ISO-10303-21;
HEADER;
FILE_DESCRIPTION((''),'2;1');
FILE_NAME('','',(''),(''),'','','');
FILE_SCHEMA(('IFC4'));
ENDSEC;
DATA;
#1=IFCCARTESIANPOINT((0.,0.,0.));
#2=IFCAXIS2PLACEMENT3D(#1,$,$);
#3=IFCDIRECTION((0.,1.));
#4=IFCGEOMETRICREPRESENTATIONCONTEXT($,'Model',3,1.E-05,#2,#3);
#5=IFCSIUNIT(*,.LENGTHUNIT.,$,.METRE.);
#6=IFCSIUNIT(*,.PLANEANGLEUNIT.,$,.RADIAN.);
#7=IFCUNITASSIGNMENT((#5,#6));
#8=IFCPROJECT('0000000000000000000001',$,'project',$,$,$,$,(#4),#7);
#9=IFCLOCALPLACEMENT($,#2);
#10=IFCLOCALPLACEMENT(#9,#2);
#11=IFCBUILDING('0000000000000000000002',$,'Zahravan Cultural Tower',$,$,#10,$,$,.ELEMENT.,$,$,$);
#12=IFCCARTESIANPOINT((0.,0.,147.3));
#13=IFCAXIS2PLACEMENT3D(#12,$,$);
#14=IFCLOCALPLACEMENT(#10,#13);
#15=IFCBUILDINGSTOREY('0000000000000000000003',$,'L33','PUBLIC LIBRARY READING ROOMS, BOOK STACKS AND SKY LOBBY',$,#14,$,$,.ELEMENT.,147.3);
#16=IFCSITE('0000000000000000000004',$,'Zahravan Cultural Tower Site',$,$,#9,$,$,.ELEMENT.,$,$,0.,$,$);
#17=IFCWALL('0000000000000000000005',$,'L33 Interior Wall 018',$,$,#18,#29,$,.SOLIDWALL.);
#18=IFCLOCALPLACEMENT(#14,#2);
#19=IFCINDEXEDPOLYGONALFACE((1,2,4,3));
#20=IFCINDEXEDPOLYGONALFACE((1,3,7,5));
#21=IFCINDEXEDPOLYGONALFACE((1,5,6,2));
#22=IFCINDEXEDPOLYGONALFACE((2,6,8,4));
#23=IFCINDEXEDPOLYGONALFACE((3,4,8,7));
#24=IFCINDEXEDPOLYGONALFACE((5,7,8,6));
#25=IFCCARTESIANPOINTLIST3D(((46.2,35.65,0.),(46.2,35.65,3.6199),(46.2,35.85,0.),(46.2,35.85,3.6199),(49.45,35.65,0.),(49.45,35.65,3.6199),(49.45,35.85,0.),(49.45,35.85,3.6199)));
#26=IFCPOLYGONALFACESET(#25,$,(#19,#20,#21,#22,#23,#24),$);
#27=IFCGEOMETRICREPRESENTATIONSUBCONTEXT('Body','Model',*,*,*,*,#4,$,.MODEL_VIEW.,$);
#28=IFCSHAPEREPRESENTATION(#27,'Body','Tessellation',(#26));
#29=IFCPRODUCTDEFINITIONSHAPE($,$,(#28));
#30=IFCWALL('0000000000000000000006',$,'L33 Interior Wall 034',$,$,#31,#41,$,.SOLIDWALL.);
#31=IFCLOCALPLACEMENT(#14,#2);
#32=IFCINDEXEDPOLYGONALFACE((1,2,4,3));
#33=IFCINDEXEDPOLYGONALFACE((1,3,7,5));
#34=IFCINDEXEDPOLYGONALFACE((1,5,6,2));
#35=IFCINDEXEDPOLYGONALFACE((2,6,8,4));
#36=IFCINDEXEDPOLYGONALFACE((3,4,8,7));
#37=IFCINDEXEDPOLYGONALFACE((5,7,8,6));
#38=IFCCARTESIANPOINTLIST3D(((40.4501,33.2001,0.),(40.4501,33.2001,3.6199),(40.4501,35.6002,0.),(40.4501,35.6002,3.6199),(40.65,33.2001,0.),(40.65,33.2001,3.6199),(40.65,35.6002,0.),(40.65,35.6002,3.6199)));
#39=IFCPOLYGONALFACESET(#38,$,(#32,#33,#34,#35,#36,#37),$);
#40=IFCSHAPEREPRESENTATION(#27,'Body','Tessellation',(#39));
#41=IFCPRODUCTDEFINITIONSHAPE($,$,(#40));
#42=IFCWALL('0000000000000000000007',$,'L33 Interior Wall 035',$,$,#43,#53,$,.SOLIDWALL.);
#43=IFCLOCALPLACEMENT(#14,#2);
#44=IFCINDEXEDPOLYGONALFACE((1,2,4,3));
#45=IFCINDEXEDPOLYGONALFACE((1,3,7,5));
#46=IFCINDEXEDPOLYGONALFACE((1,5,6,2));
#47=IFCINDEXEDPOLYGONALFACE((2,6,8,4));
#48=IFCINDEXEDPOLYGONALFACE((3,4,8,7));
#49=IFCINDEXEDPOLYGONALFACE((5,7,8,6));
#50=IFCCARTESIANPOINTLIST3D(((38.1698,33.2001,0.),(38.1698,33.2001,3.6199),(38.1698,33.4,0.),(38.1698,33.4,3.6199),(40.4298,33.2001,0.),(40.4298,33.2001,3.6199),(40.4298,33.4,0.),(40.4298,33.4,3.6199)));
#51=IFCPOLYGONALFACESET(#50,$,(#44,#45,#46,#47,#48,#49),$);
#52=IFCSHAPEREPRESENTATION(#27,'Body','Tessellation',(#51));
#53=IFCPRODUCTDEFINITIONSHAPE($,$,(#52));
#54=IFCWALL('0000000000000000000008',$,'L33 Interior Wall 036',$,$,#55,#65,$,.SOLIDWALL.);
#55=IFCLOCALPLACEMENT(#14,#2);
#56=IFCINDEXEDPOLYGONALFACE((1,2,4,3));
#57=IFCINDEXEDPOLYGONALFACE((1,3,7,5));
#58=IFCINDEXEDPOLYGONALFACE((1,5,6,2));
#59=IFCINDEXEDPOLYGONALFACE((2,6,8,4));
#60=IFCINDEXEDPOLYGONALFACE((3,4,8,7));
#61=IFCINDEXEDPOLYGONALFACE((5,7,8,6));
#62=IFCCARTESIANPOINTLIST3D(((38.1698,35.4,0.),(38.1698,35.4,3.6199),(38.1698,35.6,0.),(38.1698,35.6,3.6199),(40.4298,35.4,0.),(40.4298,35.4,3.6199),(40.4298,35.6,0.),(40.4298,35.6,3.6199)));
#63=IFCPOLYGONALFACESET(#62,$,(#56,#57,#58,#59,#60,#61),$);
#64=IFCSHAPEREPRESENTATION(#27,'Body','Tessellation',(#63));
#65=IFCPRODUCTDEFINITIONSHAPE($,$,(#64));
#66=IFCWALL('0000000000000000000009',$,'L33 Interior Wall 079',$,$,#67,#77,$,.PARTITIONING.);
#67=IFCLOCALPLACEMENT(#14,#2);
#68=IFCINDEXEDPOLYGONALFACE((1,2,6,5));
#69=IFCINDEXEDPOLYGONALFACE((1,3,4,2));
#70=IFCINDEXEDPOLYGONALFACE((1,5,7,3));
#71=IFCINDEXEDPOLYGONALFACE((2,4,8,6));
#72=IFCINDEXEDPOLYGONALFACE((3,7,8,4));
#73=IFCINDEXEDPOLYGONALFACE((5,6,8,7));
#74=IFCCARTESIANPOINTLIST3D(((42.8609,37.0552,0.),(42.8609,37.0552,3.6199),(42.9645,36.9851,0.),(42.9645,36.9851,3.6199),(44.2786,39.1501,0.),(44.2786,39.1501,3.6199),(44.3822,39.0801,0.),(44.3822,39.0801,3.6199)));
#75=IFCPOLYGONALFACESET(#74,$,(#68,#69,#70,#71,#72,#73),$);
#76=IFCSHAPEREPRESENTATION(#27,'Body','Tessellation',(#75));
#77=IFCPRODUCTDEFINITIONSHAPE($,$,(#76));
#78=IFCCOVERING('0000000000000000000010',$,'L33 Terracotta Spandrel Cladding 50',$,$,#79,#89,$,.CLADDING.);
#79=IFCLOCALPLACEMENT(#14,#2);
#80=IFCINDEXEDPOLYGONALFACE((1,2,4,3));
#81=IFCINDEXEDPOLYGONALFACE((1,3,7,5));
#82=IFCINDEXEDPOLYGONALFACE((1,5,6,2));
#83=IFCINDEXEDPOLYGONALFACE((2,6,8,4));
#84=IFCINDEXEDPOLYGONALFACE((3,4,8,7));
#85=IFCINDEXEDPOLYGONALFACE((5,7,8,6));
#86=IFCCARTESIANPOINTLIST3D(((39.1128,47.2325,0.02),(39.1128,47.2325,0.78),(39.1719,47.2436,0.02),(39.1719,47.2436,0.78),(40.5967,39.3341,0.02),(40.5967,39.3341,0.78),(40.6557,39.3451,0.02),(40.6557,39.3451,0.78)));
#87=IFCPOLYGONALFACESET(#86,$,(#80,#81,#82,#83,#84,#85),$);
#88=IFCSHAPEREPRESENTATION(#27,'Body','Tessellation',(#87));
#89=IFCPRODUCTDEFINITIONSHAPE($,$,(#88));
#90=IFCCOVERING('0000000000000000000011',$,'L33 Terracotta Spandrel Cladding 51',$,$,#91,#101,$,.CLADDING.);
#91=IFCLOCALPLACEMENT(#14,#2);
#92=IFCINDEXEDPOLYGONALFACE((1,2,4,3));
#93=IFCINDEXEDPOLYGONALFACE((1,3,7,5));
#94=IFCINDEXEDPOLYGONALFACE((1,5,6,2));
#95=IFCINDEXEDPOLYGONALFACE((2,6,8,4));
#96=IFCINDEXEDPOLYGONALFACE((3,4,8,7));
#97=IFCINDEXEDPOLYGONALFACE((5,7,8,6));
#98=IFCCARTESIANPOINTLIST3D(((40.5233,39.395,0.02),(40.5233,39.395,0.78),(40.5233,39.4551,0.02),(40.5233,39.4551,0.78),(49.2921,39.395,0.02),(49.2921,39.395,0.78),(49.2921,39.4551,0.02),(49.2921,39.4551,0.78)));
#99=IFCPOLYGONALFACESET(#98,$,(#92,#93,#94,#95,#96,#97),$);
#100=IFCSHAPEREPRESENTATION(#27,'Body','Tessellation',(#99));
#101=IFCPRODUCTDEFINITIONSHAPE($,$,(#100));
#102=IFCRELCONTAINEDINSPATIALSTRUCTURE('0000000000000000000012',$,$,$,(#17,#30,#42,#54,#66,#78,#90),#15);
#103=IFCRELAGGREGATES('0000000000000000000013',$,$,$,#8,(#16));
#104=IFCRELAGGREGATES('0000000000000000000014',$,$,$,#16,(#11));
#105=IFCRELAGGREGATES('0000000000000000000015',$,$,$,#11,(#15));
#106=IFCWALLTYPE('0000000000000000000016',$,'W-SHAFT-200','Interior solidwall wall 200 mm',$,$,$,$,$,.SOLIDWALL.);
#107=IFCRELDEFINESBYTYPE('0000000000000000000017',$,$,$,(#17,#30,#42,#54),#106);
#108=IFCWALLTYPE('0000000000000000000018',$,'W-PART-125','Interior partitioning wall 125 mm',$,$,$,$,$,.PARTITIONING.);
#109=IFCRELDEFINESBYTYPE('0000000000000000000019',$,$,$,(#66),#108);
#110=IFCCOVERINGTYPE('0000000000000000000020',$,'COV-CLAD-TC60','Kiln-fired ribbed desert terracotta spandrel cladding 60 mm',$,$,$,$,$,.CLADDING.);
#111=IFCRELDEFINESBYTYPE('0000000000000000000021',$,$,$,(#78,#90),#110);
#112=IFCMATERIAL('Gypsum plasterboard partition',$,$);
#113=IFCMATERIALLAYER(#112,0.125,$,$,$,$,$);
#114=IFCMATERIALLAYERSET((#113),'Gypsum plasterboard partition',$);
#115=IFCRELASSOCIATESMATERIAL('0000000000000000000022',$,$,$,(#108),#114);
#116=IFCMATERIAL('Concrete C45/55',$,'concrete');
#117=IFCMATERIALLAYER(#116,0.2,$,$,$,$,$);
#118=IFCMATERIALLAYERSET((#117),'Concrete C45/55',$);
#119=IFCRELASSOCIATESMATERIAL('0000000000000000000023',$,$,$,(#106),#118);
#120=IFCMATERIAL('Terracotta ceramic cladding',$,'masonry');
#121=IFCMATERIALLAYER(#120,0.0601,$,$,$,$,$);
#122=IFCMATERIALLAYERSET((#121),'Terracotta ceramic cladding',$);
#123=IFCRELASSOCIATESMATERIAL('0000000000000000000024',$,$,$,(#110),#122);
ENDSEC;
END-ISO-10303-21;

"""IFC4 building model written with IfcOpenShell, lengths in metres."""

from ifc_helpers import new_model, si_unit, direction, frame, frame_2d, origin, origin_2d, place, context, subcontext, project, spatial, rectangle, extrude, source, transform, mapped, material, layer, layer_set, type_object, element, save


model = new_model("IFC4")

# Units and contexts
model_context = context("Model", 3, precision=1e-05, world=origin(), true_north=direction((0.0, 1.0)))
body_context = subcontext(model_context, "Body", "Model", "MODEL_VIEW")
ifc_project = project(units=[si_unit("LENGTHUNIT", "METRE"), si_unit("PLANEANGLEUNIT", "RADIAN")], contexts=[model_context])

# Site, building, storey
site_placement = place(None, origin())
site = spatial("IfcSite", under=ifc_project, at=site_placement, Name="Zahravan Cultural Tower Site", CompositionType="ELEMENT", RefElevation=0.0)
building_placement = place(site_placement, origin())
building = spatial("IfcBuilding", under=site, at=building_placement, Name="Zahravan Cultural Tower", CompositionType="ELEMENT")
storey_placement = place(building_placement, frame((0.0, 0.0, 147.3)))
storey = spatial("IfcBuildingStorey", under=building, at=storey_placement, Name="L33", Description="PUBLIC LIBRARY READING ROOMS, BOOK STACKS AND SKY LOBBY", CompositionType="ELEMENT", Elevation=147.3)

# Shared definitions
ifc_material_1 = material(Name="Gypsum plasterboard partition")
ifc_layer_1 = layer(ifc_material_1, 0.125)
ifc_layer_set_1 = layer_set([ifc_layer_1], Name="Gypsum plasterboard partition")
wall_type_1 = type_object("IfcWallType", Name="W-PART-125", Description="Interior partitioning wall 125 mm", PredefinedType="PARTITIONING", material=ifc_layer_set_1)
ifc_material_2 = material(Name="Concrete C45/55", Category="concrete")
ifc_layer_2 = layer(ifc_material_2, 0.2)
ifc_layer_set_2 = layer_set([ifc_layer_2], Name="Concrete C45/55")
wall_type_2 = type_object("IfcWallType", Name="W-SHAFT-200", Description="Interior solidwall wall 200 mm", PredefinedType="SOLIDWALL", material=ifc_layer_set_2)

# Walls
shared_shape_1 = source(origin(), body_context, "Body", "SweptSolid", [
    extrude(rectangle(XDim=3.25, YDim=0.2, at=frame_2d((1.625, 0.0))), origin(), (0.0, 0.0, 1.0), 3.6199),
])
wall_1_placement = place(storey_placement, frame((46.2, 35.75, 0.0), z_axis=(0.0, 0.0, 1.0), x_axis=(1.0, 0.0, 0.0)))
element("IfcWall", 1, at=wall_1_placement, inside=storey, type_object=wall_type_2, Name="L33 Interior Wall 018", PredefinedType="SOLIDWALL", context=body_context, shape_type="MappedRepresentation", body=[
    mapped(shared_shape_1, transform((0.0, 0.0, 0.0), x_axis=(1.0, 0.0, 0.0), y_axis=(0.0, 1.0, 0.0), z_axis=(0.0, 0.0, 1.0), scale=1.0)),
])
shared_shape_2 = source(origin(), body_context, "Body", "SweptSolid", [
    extrude(rectangle(XDim=2.4001, YDim=0.2, at=frame_2d((1.2002, 0.0))), origin(), (0.0, 0.0, 1.0), 3.6199),
])
wall_2_placement = place(storey_placement, frame((40.55, 33.2, 0.0), z_axis=(0.0, 0.0, 1.0), x_axis=(0.0, 1.0, 0.0)))
element("IfcWall", 2, at=wall_2_placement, inside=storey, type_object=wall_type_2, Name="L33 Interior Wall 034", PredefinedType="SOLIDWALL", context=body_context, shape_type="MappedRepresentation", body=[
    mapped(shared_shape_2, transform((0.0, 0.0, 0.0), x_axis=(1.0, 0.0, 0.0), y_axis=(0.0, 1.0, 0.0), z_axis=(0.0, 0.0, 1.0), scale=1.0)),
])
shared_shape_3 = source(origin(), body_context, "Body", "SweptSolid", [
    extrude(rectangle(XDim=2.26, YDim=0.2, at=frame_2d((1.1299, 0.0))), origin(), (0.0, 0.0, 1.0), 3.6199),
])
for number, where, z_axis, x_axis, name in (
    (3, (38.1699, 33.3, 0.0), (0.0, 0.0, 1.0), (1.0, 0.0, 0.0), "L33 Interior Wall 035"),
    (4, (38.1699, 35.5, 0.0), (0.0, 0.0, 1.0), (1.0, 0.0, 0.0), "L33 Interior Wall 036"),
):
    element("IfcWall", number, at=place(storey_placement, frame(where, z_axis=z_axis, x_axis=x_axis)), inside=storey, type_object=wall_type_2, Name=name, PredefinedType="SOLIDWALL", context=body_context, shape_type="MappedRepresentation", body=[
        mapped(shared_shape_3, transform((0.0, 0.0, 0.0), x_axis=(1.0, 0.0, 0.0), y_axis=(0.0, 1.0, 0.0), z_axis=(0.0, 0.0, 1.0), scale=1.0)),
    ])
shared_shape_4 = source(origin(), body_context, "Body", "SweptSolid", [
    extrude(rectangle(XDim=2.5295, YDim=0.125, at=frame_2d((1.2646, 0.0))), origin(), (0.0, 0.0, 1.0), 3.6199),
])
wall_3_placement = place(storey_placement, frame((44.3303, 39.115, 0.0), z_axis=(0.0, 0.0, 1.0), x_axis=(-0.560455, -0.828185, 0.0)))
element("IfcWall", 5, at=wall_3_placement, inside=storey, type_object=wall_type_1, Name="L33 Interior Wall 079", PredefinedType="PARTITIONING", context=body_context, shape_type="MappedRepresentation", body=[
    mapped(shared_shape_4, transform((0.0, 0.0, 0.0), x_axis=(1.0, 0.0, 0.0), y_axis=(0.0, 1.0, 0.0), z_axis=(0.0, 0.0, 1.0), scale=1.0)),
])

# Coverings
ifc_material_3 = material(Name="Terracotta ceramic cladding", Category="masonry")
ifc_layer_3 = layer(ifc_material_3, 0.0601)
ifc_layer_set_3 = layer_set([ifc_layer_3], Name="Terracotta ceramic cladding")
covering_type = type_object("IfcCoveringType", Name="COV-CLAD-TC60", Description="Kiln-fired ribbed desert terracotta spandrel cladding 60 mm", PredefinedType="CLADDING", material=ifc_layer_set_3)
shared_shape_5 = source(origin(), body_context, "Body", "SweptSolid", [
    extrude(rectangle(XDim=8.0366, YDim=0.0601, at=origin_2d()), origin(), (0.0, 0.0, 1.0), 0.76),
])
covering_1_placement = place(storey_placement, frame((39.8843, 43.2888, 0.02), z_axis=(0.0, 0.0, 1.0), x_axis=(0.184638, -0.982807, 0.0)))
element("IfcCovering", 6, at=covering_1_placement, inside=storey, type_object=covering_type, Name="L33 Terracotta Spandrel Cladding 50", PredefinedType="CLADDING", context=body_context, shape_type="MappedRepresentation", body=[
    mapped(shared_shape_5, transform((0.0, 0.0, 0.0), x_axis=(1.0, 0.0, 0.0), y_axis=(0.0, 1.0, 0.0), z_axis=(0.0, 0.0, 1.0), scale=1.0)),
])
shared_shape_6 = source(origin(), body_context, "Body", "SweptSolid", [
    extrude(rectangle(XDim=8.7688, YDim=0.0601, at=origin_2d()), origin(), (0.0, 0.0, 1.0), 0.76),
])
covering_2_placement = place(storey_placement, frame((44.9077, 39.425, 0.02), z_axis=(0.0, 0.0, 1.0), x_axis=(1.0, 0.0, 0.0)))
element("IfcCovering", 7, at=covering_2_placement, inside=storey, type_object=covering_type, Name="L33 Terracotta Spandrel Cladding 51", PredefinedType="CLADDING", context=body_context, shape_type="MappedRepresentation", body=[
    mapped(shared_shape_6, transform((0.0, 0.0, 0.0), x_axis=(1.0, 0.0, 0.0), y_axis=(0.0, 1.0, 0.0), z_axis=(0.0, 0.0, 1.0), scale=1.0)),
])

save(model, "model.ifc")
